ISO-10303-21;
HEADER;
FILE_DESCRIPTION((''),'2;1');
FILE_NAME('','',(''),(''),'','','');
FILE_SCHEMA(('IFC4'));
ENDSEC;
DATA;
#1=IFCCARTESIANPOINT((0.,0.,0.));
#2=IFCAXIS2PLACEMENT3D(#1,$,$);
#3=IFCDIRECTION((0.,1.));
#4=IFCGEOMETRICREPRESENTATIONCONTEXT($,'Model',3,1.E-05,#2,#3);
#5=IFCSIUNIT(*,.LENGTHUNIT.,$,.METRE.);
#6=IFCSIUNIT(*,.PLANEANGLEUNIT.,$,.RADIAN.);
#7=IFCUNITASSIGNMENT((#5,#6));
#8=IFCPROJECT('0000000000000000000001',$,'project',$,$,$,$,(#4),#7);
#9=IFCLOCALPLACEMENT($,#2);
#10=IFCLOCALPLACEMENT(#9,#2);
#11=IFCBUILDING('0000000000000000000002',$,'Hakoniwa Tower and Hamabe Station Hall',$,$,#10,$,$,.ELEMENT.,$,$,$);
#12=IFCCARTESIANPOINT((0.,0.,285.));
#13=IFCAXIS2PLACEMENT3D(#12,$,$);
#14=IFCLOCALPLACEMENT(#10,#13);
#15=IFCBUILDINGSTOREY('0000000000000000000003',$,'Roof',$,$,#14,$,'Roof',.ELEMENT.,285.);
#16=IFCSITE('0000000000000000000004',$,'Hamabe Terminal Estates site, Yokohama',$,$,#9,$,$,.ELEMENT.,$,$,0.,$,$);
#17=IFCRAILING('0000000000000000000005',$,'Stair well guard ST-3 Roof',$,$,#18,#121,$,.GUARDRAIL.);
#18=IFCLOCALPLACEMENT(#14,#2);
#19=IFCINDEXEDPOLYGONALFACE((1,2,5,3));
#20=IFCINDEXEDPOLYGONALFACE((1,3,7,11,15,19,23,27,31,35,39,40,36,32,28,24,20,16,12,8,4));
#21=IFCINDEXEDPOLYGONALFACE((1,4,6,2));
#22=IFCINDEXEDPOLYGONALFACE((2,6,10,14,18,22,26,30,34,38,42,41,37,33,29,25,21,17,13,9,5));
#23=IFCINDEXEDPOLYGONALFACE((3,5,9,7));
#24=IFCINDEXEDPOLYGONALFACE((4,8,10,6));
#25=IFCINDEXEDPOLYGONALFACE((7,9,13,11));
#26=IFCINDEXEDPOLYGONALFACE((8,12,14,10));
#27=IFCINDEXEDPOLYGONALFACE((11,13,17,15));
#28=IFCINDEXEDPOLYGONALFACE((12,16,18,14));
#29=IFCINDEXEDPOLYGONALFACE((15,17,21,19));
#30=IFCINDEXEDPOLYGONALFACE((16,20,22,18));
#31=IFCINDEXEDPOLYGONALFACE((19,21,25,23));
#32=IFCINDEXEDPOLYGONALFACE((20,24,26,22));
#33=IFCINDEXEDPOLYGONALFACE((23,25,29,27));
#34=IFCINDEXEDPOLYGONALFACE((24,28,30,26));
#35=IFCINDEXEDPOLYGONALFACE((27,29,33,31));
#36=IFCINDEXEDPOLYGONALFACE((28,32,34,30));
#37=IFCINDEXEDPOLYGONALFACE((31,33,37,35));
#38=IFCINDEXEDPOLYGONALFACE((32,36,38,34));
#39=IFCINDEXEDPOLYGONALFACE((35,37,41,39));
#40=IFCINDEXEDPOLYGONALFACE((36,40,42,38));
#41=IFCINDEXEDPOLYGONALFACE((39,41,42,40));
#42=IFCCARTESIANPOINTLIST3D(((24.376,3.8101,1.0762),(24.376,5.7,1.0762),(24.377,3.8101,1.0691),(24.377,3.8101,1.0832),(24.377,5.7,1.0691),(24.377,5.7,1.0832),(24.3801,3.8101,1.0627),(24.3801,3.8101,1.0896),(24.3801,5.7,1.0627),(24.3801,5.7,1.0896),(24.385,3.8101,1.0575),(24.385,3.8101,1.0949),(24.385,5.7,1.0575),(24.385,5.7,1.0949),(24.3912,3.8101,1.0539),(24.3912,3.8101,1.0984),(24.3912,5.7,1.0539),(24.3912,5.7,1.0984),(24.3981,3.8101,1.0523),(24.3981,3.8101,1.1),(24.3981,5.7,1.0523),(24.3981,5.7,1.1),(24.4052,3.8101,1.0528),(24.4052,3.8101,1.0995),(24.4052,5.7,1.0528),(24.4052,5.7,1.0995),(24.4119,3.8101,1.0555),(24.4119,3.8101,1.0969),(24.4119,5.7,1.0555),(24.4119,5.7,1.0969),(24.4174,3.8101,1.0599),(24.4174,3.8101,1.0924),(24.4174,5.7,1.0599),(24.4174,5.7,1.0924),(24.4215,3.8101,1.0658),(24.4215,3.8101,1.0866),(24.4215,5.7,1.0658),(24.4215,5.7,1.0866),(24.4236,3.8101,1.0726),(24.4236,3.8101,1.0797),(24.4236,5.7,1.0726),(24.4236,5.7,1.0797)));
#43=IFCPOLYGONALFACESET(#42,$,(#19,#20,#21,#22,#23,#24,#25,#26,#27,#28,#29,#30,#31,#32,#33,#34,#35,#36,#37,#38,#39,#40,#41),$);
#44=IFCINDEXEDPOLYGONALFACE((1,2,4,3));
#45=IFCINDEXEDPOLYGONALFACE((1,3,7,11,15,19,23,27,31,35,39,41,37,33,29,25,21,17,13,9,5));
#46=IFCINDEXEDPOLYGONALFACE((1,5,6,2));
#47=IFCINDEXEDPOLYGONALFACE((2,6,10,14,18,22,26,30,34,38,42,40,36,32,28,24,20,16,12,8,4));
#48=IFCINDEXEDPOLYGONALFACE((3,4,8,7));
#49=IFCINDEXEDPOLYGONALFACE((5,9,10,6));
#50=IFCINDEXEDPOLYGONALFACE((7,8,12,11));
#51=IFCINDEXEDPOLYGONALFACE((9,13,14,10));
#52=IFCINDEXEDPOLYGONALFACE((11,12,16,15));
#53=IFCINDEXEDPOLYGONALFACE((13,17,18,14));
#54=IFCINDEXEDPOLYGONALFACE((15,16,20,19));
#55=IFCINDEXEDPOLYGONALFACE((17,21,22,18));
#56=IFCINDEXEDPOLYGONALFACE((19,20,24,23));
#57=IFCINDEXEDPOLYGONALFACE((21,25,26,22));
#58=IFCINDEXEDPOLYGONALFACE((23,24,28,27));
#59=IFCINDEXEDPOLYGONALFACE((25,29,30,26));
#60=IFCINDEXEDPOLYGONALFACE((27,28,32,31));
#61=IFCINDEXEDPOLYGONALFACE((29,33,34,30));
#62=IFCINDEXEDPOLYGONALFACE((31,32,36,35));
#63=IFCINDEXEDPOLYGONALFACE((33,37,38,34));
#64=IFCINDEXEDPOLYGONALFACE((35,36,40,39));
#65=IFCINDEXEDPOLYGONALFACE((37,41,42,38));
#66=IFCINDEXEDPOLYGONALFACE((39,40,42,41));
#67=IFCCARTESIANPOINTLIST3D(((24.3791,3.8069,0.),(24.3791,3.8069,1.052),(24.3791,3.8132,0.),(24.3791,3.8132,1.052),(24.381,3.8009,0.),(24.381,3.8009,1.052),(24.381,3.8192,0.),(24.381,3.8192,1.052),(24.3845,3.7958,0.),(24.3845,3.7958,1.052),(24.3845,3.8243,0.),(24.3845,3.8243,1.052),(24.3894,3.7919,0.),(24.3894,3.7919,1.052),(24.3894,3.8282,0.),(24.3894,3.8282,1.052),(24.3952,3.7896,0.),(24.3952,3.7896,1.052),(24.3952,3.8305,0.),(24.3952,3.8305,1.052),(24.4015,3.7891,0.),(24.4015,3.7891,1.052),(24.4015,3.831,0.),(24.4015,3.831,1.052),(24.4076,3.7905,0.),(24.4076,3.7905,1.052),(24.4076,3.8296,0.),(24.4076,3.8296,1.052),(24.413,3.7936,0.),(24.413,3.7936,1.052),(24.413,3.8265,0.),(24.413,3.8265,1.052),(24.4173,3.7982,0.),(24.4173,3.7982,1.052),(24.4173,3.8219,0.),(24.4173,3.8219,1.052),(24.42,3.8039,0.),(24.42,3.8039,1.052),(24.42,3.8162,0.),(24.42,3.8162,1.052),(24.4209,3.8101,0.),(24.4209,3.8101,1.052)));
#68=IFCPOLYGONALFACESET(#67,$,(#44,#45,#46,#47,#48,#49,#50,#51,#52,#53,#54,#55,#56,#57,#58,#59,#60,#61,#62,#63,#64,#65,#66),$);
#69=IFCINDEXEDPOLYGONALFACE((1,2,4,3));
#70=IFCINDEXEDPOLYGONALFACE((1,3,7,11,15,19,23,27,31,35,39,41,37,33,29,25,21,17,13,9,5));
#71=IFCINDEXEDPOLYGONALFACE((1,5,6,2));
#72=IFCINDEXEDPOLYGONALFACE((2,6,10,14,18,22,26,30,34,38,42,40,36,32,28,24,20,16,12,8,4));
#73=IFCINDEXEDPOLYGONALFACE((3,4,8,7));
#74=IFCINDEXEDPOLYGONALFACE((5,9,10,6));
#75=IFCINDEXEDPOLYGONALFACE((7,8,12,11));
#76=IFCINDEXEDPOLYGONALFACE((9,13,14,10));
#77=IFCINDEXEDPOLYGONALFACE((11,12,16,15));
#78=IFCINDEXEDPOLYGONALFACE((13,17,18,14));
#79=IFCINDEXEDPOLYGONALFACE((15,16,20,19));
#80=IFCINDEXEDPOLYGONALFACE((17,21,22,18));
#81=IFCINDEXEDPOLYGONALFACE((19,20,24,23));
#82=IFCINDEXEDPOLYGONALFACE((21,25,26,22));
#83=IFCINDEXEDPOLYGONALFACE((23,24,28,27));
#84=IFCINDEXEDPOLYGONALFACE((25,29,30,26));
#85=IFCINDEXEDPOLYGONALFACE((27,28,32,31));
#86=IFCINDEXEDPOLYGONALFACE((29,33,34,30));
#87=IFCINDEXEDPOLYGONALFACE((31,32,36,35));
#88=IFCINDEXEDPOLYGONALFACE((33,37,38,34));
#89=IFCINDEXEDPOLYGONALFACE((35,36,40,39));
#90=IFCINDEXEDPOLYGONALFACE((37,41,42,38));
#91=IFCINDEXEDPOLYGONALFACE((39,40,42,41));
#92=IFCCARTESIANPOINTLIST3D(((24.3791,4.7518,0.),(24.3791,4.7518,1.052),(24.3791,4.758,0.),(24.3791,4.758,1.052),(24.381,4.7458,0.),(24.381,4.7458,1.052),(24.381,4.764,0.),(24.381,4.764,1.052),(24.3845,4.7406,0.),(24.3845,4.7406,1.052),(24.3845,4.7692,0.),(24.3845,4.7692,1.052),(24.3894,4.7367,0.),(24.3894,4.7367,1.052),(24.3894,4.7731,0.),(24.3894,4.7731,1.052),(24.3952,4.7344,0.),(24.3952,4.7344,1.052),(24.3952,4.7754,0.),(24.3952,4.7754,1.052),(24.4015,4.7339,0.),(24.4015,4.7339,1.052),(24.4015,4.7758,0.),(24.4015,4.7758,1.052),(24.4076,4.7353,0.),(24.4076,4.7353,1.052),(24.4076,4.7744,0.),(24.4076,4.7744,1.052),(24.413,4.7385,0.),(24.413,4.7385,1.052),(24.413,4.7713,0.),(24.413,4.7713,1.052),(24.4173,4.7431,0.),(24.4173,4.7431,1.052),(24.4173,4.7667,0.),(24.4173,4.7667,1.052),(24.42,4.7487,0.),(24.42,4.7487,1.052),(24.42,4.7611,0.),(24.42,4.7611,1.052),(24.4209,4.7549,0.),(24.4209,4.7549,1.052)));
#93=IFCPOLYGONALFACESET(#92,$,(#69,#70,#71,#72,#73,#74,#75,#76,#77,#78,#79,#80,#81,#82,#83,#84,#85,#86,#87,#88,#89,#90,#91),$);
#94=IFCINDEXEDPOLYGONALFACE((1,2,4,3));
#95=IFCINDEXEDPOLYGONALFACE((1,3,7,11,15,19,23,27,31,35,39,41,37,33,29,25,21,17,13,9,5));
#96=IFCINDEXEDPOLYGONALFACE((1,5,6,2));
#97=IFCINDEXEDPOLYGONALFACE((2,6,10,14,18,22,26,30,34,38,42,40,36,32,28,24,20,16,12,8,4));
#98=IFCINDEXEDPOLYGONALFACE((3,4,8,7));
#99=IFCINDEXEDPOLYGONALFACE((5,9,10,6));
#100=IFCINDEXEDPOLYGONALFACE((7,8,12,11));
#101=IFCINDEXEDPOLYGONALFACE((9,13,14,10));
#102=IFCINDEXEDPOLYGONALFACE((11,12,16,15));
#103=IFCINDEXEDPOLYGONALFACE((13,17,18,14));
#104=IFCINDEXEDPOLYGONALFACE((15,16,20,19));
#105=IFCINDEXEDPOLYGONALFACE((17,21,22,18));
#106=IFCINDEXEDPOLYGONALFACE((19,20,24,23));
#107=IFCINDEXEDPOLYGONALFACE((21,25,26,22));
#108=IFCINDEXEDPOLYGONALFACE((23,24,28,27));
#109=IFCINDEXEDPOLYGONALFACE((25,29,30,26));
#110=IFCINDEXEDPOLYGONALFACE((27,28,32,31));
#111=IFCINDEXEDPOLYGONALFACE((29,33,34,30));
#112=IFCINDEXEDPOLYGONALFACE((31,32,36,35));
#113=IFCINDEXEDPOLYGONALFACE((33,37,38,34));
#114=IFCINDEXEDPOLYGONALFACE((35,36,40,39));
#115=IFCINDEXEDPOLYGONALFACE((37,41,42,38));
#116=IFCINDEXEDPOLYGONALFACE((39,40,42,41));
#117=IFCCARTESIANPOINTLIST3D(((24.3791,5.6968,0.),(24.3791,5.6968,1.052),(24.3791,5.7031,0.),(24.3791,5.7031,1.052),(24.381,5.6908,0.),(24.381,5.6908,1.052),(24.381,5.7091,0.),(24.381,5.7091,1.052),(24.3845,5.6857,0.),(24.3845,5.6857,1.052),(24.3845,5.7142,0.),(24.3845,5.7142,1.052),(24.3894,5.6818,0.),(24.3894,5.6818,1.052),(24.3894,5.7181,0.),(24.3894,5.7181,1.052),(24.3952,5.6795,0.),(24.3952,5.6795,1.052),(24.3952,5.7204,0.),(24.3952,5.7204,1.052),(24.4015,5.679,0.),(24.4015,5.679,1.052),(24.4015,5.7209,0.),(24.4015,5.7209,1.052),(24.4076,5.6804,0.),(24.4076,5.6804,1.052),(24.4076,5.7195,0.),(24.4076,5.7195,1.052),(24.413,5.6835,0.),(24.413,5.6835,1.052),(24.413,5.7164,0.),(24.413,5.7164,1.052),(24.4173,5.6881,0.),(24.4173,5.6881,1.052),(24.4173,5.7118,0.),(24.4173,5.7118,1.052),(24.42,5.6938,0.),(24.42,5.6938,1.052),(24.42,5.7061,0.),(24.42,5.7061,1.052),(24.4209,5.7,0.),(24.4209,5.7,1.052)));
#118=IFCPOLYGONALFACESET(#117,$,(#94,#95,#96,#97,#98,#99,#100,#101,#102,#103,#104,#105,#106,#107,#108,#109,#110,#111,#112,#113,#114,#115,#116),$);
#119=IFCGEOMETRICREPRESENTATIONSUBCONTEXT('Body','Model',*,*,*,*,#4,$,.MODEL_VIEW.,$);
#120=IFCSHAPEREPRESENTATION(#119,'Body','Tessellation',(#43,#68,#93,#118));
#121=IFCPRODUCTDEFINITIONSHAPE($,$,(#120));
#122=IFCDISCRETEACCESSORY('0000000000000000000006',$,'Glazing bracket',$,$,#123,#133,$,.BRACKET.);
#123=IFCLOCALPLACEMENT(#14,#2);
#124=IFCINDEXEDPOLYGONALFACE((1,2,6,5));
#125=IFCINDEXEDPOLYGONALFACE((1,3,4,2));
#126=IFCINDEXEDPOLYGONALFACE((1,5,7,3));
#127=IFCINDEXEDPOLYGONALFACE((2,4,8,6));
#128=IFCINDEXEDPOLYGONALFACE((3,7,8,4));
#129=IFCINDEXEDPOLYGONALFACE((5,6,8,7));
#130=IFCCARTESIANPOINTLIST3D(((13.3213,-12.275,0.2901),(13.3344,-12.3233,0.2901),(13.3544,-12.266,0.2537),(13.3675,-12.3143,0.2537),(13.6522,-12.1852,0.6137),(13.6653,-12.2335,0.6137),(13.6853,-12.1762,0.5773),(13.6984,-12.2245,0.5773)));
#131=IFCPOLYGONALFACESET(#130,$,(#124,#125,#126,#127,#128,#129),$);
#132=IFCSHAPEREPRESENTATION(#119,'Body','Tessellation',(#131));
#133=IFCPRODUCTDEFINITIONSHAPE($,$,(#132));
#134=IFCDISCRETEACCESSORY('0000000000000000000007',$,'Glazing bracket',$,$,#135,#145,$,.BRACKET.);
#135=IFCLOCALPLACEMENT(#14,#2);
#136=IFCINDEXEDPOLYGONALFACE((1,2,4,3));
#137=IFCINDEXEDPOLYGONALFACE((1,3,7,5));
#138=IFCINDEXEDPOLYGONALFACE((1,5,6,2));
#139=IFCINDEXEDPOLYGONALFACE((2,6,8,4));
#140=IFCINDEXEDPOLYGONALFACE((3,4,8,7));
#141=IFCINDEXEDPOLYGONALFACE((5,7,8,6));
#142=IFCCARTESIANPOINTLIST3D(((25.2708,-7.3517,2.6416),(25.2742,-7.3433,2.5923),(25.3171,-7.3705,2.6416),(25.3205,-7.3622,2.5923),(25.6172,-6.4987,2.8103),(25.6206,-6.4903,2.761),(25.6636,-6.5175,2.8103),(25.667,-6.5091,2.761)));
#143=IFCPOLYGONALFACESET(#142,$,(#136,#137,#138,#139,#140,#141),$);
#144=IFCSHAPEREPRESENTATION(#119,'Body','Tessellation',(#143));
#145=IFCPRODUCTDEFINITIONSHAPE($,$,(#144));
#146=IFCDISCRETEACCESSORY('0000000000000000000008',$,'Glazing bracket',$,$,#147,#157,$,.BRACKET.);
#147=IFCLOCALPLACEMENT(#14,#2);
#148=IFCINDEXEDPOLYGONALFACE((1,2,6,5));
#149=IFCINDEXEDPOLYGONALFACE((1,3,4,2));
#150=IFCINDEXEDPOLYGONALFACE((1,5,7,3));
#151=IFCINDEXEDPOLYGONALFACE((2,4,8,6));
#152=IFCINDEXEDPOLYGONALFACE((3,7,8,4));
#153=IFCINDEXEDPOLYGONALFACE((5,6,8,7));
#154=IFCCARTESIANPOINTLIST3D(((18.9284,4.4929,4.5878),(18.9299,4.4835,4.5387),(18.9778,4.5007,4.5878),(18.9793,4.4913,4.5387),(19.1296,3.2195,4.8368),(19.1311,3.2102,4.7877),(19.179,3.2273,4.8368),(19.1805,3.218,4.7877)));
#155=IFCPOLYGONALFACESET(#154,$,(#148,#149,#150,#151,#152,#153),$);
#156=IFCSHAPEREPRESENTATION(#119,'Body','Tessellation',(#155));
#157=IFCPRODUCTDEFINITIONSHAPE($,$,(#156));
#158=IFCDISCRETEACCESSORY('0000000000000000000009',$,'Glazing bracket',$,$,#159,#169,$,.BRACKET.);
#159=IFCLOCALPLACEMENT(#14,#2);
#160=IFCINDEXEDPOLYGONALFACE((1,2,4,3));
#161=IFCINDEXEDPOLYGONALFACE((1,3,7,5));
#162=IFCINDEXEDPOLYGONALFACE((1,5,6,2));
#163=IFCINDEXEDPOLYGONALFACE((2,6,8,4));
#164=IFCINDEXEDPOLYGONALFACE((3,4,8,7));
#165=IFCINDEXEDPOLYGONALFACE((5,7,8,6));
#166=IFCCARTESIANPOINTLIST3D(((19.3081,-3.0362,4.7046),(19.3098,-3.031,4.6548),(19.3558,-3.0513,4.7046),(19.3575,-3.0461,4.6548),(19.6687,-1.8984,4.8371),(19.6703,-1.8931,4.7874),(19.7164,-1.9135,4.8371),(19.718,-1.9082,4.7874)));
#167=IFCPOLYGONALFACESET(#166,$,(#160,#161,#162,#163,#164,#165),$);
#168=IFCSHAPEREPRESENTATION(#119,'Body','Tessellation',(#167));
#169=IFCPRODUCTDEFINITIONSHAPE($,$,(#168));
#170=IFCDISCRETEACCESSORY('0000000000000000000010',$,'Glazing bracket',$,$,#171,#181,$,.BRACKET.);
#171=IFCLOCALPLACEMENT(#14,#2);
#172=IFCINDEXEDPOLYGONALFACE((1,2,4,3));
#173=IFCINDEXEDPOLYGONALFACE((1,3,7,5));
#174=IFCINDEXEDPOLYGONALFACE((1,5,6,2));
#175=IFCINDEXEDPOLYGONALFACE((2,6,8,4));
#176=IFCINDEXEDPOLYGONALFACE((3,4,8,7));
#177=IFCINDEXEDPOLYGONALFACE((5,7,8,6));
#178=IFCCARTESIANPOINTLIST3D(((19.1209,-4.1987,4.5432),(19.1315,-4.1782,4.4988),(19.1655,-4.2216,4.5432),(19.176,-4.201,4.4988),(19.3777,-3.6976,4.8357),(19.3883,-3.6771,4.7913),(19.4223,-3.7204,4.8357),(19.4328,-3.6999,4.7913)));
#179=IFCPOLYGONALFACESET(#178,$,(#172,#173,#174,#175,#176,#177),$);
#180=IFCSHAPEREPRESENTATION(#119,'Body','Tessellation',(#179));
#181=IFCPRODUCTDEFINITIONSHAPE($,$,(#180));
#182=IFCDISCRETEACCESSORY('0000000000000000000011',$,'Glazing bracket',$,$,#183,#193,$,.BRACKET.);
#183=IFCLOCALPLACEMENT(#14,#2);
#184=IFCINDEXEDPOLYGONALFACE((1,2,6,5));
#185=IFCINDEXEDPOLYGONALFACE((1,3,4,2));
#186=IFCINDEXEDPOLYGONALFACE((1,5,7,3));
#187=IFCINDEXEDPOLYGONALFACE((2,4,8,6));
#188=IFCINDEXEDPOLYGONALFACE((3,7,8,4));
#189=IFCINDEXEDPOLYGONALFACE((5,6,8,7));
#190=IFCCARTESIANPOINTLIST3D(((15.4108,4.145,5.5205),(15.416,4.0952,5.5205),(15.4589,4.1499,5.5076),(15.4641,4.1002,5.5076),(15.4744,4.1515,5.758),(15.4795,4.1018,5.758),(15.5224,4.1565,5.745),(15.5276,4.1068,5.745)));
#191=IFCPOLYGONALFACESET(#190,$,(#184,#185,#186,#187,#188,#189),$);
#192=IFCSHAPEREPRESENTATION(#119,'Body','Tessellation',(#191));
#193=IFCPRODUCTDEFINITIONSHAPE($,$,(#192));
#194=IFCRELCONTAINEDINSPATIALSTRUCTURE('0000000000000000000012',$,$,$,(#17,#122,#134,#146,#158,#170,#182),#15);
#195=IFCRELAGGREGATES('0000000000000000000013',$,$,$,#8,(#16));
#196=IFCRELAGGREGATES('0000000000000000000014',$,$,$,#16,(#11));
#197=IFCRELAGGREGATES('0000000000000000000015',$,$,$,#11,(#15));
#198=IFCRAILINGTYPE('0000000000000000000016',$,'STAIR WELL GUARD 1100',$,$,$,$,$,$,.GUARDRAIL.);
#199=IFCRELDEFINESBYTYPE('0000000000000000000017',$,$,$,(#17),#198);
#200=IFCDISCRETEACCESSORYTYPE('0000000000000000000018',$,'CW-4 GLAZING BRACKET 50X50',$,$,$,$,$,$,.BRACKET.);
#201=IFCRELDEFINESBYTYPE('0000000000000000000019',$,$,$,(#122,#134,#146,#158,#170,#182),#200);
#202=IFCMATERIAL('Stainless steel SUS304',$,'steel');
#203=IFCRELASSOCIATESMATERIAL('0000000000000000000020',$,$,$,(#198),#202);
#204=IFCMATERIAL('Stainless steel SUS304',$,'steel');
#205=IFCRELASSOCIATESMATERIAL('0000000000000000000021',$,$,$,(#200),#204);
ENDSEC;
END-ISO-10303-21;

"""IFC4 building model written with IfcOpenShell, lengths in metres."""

from ifc_helpers import new_model, si_unit, direction, frame, origin, origin_2d, place, context, subcontext, project, spatial, rectangle, circle, extrude, material, material_profile, profile_set, type_object, element, save


model = new_model("IFC4")

# Units and contexts
model_context = context("Model", 3, precision=1e-05, world=origin(), true_north=direction((0.0, 1.0)))
body_context = subcontext(model_context, "Body", "Model", "MODEL_VIEW")
ifc_project = project(units=[si_unit("LENGTHUNIT", "METRE"), si_unit("PLANEANGLEUNIT", "RADIAN")], contexts=[model_context])

# Site, building, storey
site_placement = place(None, origin())
site = spatial("IfcSite", under=ifc_project, at=site_placement, Name="Hamabe Terminal Estates site, Yokohama", CompositionType="ELEMENT", RefElevation=0.0)
building_placement = place(site_placement, origin())
building = spatial("IfcBuilding", under=site, at=building_placement, Name="Hakoniwa Tower and Hamabe Station Hall", CompositionType="ELEMENT")
storey_placement = place(building_placement, frame((0.0, 0.0, 285.0)))
storey = spatial("IfcBuildingStorey", under=building, at=storey_placement, Name="Roof", LongName="Roof", CompositionType="ELEMENT", Elevation=285.0)

# Railing
ifc_material_1 = material(Name="Stainless steel SUS304", Category="steel")
railing_type = type_object("IfcRailingType", Name="STAIR WELL GUARD 1100", PredefinedType="GUARDRAIL", material=ifc_material_1)
railing_placement = place(storey_placement, frame((24.3999, 3.8101, 0.0)))
element("IfcRailing", 1, at=railing_placement, inside=storey, type_object=railing_type, Name="Stair well guard ST-3 Roof", PredefinedType="GUARDRAIL", context=body_context, shape_type="SweptSolid", body=[
    extrude(circle(Radius=0.0239, at=origin_2d()), frame((0.0, 0.0, 1.0762), z_axis=(0.0, 1.0, 0.0), x_axis=(-1.0, 0.0, 0.0)), (0.0, 0.0, 1.0), 1.8899),
    extrude(circle(Radius=0.021, at=origin_2d()), origin(), (0.0, 0.0, 1.0), 1.052),
    extrude(circle(Radius=0.021, at=origin_2d()), frame((0.0, 0.9448, 0.0)), (0.0, 0.0, 1.0), 1.052),
    extrude(circle(Radius=0.021, at=origin_2d()), frame((0.0, 1.8899, 0.0)), (0.0, 0.0, 1.0), 1.052),
])

# Discrete accessories
ifc_material_2 = material(Name="Stainless steel SUS304", Category="steel")
ifc_material_profile_1 = material_profile(ifc_material_2, rectangle(XDim=0.05, YDim=0.05, at=origin_2d()), Name="CW-4 GLAZING BRACKET 50X50")
ifc_profile_set_1 = profile_set([ifc_material_profile_1], Name="Stainless steel SUS304")
discrete_accessory_type = type_object("IfcDiscreteAccessoryType", Name="CW-4 GLAZING BRACKET 50X50", PredefinedType="BRACKET", material=ifc_profile_set_1)
discrete_accessory_1_placement = place(storey_placement, frame((13.6753, -12.2048, 0.5955), z_axis=(-0.701868, -0.190618, -0.686328), x_axis=(0.262093, -0.965043, 0.0)))
element("IfcDiscreteAccessory", 2, at=discrete_accessory_1_placement, inside=storey, type_object=discrete_accessory_type, Name="Glazing bracket", PredefinedType="BRACKET", context=body_context, shape_type="SweptSolid", body=[
    extrude(rectangle(XDim=0.05, YDim=0.05, at=origin_2d()), origin(), (0.0, 0.0, 1.0), 0.4714),
])
discrete_accessory_2_placement = place(storey_placement, frame((25.2957, -7.3569, 2.6169), z_axis=(0.370116, 0.911335, 0.180232), x_axis=(-0.926507, 0.376277, 0.0)))
element("IfcDiscreteAccessory", 3, at=discrete_accessory_2_placement, inside=storey, type_object=discrete_accessory_type, Name="Glazing bracket", PredefinedType="BRACKET", context=body_context, shape_type="SweptSolid", body=[
    extrude(rectangle(XDim=0.05, YDim=0.05, at=origin_2d()), origin(), (0.0, 0.0, 1.0), 0.936),
])
discrete_accessory_3_placement = place(storey_placement, frame((19.155, 3.2188, 4.8123), z_axis=(-0.153208, 0.969825, -0.189651), x_axis=(-0.987751, -0.15604, 0.0)))
element("IfcDiscreteAccessory", 4, at=discrete_accessory_3_placement, inside=storey, type_object=discrete_accessory_type, Name="Glazing bracket", PredefinedType="BRACKET", context=body_context, shape_type="SweptSolid", body=[
    extrude(rectangle(XDim=0.05, YDim=0.05, at=origin_2d()), origin(), (0.0, 0.0, 1.0), 1.313),
])
discrete_accessory_4_placement = place(storey_placement, frame((19.6934, -1.9033, 4.8123), z_axis=(-0.300235, -0.947458, -0.110377), x_axis=(0.953282, -0.302081, 0.0)))
element("IfcDiscreteAccessory", 5, at=discrete_accessory_4_placement, inside=storey, type_object=discrete_accessory_type, Name="Glazing bracket", PredefinedType="BRACKET", context=body_context, shape_type="SweptSolid", body=[
    extrude(rectangle(XDim=0.05, YDim=0.05, at=origin_2d()), origin(), (0.0, 0.0, 1.0), 1.2009),
])
discrete_accessory_5_placement = place(storey_placement, frame((19.4053, -3.6987, 4.8135), z_axis=(-0.404714, -0.789807, -0.460881), x_axis=(0.889962, -0.456035, 0.0)))
element("IfcDiscreteAccessory", 6, at=discrete_accessory_5_placement, inside=storey, type_object=discrete_accessory_type, Name="Glazing bracket", PredefinedType="BRACKET", context=body_context, shape_type="SweptSolid", body=[
    extrude(rectangle(XDim=0.05, YDim=0.05, at=origin_2d()), origin(), (0.0, 0.0, 1.0), 0.6345),
])
discrete_accessory_6_placement = place(storey_placement, frame((15.501, 4.1292, 5.7515), z_axis=(-0.258312, -0.026825, -0.965689), x_axis=(0.103291, -0.994651, 0.0)))
element("IfcDiscreteAccessory", 7, at=discrete_accessory_6_placement, inside=storey, type_object=discrete_accessory_type, Name="Glazing bracket", PredefinedType="BRACKET", context=body_context, shape_type="SweptSolid", body=[
    extrude(rectangle(XDim=0.05, YDim=0.05, at=origin_2d()), origin(), (0.0, 0.0, 1.0), 0.2458),
])

save(model, "model.ifc")
